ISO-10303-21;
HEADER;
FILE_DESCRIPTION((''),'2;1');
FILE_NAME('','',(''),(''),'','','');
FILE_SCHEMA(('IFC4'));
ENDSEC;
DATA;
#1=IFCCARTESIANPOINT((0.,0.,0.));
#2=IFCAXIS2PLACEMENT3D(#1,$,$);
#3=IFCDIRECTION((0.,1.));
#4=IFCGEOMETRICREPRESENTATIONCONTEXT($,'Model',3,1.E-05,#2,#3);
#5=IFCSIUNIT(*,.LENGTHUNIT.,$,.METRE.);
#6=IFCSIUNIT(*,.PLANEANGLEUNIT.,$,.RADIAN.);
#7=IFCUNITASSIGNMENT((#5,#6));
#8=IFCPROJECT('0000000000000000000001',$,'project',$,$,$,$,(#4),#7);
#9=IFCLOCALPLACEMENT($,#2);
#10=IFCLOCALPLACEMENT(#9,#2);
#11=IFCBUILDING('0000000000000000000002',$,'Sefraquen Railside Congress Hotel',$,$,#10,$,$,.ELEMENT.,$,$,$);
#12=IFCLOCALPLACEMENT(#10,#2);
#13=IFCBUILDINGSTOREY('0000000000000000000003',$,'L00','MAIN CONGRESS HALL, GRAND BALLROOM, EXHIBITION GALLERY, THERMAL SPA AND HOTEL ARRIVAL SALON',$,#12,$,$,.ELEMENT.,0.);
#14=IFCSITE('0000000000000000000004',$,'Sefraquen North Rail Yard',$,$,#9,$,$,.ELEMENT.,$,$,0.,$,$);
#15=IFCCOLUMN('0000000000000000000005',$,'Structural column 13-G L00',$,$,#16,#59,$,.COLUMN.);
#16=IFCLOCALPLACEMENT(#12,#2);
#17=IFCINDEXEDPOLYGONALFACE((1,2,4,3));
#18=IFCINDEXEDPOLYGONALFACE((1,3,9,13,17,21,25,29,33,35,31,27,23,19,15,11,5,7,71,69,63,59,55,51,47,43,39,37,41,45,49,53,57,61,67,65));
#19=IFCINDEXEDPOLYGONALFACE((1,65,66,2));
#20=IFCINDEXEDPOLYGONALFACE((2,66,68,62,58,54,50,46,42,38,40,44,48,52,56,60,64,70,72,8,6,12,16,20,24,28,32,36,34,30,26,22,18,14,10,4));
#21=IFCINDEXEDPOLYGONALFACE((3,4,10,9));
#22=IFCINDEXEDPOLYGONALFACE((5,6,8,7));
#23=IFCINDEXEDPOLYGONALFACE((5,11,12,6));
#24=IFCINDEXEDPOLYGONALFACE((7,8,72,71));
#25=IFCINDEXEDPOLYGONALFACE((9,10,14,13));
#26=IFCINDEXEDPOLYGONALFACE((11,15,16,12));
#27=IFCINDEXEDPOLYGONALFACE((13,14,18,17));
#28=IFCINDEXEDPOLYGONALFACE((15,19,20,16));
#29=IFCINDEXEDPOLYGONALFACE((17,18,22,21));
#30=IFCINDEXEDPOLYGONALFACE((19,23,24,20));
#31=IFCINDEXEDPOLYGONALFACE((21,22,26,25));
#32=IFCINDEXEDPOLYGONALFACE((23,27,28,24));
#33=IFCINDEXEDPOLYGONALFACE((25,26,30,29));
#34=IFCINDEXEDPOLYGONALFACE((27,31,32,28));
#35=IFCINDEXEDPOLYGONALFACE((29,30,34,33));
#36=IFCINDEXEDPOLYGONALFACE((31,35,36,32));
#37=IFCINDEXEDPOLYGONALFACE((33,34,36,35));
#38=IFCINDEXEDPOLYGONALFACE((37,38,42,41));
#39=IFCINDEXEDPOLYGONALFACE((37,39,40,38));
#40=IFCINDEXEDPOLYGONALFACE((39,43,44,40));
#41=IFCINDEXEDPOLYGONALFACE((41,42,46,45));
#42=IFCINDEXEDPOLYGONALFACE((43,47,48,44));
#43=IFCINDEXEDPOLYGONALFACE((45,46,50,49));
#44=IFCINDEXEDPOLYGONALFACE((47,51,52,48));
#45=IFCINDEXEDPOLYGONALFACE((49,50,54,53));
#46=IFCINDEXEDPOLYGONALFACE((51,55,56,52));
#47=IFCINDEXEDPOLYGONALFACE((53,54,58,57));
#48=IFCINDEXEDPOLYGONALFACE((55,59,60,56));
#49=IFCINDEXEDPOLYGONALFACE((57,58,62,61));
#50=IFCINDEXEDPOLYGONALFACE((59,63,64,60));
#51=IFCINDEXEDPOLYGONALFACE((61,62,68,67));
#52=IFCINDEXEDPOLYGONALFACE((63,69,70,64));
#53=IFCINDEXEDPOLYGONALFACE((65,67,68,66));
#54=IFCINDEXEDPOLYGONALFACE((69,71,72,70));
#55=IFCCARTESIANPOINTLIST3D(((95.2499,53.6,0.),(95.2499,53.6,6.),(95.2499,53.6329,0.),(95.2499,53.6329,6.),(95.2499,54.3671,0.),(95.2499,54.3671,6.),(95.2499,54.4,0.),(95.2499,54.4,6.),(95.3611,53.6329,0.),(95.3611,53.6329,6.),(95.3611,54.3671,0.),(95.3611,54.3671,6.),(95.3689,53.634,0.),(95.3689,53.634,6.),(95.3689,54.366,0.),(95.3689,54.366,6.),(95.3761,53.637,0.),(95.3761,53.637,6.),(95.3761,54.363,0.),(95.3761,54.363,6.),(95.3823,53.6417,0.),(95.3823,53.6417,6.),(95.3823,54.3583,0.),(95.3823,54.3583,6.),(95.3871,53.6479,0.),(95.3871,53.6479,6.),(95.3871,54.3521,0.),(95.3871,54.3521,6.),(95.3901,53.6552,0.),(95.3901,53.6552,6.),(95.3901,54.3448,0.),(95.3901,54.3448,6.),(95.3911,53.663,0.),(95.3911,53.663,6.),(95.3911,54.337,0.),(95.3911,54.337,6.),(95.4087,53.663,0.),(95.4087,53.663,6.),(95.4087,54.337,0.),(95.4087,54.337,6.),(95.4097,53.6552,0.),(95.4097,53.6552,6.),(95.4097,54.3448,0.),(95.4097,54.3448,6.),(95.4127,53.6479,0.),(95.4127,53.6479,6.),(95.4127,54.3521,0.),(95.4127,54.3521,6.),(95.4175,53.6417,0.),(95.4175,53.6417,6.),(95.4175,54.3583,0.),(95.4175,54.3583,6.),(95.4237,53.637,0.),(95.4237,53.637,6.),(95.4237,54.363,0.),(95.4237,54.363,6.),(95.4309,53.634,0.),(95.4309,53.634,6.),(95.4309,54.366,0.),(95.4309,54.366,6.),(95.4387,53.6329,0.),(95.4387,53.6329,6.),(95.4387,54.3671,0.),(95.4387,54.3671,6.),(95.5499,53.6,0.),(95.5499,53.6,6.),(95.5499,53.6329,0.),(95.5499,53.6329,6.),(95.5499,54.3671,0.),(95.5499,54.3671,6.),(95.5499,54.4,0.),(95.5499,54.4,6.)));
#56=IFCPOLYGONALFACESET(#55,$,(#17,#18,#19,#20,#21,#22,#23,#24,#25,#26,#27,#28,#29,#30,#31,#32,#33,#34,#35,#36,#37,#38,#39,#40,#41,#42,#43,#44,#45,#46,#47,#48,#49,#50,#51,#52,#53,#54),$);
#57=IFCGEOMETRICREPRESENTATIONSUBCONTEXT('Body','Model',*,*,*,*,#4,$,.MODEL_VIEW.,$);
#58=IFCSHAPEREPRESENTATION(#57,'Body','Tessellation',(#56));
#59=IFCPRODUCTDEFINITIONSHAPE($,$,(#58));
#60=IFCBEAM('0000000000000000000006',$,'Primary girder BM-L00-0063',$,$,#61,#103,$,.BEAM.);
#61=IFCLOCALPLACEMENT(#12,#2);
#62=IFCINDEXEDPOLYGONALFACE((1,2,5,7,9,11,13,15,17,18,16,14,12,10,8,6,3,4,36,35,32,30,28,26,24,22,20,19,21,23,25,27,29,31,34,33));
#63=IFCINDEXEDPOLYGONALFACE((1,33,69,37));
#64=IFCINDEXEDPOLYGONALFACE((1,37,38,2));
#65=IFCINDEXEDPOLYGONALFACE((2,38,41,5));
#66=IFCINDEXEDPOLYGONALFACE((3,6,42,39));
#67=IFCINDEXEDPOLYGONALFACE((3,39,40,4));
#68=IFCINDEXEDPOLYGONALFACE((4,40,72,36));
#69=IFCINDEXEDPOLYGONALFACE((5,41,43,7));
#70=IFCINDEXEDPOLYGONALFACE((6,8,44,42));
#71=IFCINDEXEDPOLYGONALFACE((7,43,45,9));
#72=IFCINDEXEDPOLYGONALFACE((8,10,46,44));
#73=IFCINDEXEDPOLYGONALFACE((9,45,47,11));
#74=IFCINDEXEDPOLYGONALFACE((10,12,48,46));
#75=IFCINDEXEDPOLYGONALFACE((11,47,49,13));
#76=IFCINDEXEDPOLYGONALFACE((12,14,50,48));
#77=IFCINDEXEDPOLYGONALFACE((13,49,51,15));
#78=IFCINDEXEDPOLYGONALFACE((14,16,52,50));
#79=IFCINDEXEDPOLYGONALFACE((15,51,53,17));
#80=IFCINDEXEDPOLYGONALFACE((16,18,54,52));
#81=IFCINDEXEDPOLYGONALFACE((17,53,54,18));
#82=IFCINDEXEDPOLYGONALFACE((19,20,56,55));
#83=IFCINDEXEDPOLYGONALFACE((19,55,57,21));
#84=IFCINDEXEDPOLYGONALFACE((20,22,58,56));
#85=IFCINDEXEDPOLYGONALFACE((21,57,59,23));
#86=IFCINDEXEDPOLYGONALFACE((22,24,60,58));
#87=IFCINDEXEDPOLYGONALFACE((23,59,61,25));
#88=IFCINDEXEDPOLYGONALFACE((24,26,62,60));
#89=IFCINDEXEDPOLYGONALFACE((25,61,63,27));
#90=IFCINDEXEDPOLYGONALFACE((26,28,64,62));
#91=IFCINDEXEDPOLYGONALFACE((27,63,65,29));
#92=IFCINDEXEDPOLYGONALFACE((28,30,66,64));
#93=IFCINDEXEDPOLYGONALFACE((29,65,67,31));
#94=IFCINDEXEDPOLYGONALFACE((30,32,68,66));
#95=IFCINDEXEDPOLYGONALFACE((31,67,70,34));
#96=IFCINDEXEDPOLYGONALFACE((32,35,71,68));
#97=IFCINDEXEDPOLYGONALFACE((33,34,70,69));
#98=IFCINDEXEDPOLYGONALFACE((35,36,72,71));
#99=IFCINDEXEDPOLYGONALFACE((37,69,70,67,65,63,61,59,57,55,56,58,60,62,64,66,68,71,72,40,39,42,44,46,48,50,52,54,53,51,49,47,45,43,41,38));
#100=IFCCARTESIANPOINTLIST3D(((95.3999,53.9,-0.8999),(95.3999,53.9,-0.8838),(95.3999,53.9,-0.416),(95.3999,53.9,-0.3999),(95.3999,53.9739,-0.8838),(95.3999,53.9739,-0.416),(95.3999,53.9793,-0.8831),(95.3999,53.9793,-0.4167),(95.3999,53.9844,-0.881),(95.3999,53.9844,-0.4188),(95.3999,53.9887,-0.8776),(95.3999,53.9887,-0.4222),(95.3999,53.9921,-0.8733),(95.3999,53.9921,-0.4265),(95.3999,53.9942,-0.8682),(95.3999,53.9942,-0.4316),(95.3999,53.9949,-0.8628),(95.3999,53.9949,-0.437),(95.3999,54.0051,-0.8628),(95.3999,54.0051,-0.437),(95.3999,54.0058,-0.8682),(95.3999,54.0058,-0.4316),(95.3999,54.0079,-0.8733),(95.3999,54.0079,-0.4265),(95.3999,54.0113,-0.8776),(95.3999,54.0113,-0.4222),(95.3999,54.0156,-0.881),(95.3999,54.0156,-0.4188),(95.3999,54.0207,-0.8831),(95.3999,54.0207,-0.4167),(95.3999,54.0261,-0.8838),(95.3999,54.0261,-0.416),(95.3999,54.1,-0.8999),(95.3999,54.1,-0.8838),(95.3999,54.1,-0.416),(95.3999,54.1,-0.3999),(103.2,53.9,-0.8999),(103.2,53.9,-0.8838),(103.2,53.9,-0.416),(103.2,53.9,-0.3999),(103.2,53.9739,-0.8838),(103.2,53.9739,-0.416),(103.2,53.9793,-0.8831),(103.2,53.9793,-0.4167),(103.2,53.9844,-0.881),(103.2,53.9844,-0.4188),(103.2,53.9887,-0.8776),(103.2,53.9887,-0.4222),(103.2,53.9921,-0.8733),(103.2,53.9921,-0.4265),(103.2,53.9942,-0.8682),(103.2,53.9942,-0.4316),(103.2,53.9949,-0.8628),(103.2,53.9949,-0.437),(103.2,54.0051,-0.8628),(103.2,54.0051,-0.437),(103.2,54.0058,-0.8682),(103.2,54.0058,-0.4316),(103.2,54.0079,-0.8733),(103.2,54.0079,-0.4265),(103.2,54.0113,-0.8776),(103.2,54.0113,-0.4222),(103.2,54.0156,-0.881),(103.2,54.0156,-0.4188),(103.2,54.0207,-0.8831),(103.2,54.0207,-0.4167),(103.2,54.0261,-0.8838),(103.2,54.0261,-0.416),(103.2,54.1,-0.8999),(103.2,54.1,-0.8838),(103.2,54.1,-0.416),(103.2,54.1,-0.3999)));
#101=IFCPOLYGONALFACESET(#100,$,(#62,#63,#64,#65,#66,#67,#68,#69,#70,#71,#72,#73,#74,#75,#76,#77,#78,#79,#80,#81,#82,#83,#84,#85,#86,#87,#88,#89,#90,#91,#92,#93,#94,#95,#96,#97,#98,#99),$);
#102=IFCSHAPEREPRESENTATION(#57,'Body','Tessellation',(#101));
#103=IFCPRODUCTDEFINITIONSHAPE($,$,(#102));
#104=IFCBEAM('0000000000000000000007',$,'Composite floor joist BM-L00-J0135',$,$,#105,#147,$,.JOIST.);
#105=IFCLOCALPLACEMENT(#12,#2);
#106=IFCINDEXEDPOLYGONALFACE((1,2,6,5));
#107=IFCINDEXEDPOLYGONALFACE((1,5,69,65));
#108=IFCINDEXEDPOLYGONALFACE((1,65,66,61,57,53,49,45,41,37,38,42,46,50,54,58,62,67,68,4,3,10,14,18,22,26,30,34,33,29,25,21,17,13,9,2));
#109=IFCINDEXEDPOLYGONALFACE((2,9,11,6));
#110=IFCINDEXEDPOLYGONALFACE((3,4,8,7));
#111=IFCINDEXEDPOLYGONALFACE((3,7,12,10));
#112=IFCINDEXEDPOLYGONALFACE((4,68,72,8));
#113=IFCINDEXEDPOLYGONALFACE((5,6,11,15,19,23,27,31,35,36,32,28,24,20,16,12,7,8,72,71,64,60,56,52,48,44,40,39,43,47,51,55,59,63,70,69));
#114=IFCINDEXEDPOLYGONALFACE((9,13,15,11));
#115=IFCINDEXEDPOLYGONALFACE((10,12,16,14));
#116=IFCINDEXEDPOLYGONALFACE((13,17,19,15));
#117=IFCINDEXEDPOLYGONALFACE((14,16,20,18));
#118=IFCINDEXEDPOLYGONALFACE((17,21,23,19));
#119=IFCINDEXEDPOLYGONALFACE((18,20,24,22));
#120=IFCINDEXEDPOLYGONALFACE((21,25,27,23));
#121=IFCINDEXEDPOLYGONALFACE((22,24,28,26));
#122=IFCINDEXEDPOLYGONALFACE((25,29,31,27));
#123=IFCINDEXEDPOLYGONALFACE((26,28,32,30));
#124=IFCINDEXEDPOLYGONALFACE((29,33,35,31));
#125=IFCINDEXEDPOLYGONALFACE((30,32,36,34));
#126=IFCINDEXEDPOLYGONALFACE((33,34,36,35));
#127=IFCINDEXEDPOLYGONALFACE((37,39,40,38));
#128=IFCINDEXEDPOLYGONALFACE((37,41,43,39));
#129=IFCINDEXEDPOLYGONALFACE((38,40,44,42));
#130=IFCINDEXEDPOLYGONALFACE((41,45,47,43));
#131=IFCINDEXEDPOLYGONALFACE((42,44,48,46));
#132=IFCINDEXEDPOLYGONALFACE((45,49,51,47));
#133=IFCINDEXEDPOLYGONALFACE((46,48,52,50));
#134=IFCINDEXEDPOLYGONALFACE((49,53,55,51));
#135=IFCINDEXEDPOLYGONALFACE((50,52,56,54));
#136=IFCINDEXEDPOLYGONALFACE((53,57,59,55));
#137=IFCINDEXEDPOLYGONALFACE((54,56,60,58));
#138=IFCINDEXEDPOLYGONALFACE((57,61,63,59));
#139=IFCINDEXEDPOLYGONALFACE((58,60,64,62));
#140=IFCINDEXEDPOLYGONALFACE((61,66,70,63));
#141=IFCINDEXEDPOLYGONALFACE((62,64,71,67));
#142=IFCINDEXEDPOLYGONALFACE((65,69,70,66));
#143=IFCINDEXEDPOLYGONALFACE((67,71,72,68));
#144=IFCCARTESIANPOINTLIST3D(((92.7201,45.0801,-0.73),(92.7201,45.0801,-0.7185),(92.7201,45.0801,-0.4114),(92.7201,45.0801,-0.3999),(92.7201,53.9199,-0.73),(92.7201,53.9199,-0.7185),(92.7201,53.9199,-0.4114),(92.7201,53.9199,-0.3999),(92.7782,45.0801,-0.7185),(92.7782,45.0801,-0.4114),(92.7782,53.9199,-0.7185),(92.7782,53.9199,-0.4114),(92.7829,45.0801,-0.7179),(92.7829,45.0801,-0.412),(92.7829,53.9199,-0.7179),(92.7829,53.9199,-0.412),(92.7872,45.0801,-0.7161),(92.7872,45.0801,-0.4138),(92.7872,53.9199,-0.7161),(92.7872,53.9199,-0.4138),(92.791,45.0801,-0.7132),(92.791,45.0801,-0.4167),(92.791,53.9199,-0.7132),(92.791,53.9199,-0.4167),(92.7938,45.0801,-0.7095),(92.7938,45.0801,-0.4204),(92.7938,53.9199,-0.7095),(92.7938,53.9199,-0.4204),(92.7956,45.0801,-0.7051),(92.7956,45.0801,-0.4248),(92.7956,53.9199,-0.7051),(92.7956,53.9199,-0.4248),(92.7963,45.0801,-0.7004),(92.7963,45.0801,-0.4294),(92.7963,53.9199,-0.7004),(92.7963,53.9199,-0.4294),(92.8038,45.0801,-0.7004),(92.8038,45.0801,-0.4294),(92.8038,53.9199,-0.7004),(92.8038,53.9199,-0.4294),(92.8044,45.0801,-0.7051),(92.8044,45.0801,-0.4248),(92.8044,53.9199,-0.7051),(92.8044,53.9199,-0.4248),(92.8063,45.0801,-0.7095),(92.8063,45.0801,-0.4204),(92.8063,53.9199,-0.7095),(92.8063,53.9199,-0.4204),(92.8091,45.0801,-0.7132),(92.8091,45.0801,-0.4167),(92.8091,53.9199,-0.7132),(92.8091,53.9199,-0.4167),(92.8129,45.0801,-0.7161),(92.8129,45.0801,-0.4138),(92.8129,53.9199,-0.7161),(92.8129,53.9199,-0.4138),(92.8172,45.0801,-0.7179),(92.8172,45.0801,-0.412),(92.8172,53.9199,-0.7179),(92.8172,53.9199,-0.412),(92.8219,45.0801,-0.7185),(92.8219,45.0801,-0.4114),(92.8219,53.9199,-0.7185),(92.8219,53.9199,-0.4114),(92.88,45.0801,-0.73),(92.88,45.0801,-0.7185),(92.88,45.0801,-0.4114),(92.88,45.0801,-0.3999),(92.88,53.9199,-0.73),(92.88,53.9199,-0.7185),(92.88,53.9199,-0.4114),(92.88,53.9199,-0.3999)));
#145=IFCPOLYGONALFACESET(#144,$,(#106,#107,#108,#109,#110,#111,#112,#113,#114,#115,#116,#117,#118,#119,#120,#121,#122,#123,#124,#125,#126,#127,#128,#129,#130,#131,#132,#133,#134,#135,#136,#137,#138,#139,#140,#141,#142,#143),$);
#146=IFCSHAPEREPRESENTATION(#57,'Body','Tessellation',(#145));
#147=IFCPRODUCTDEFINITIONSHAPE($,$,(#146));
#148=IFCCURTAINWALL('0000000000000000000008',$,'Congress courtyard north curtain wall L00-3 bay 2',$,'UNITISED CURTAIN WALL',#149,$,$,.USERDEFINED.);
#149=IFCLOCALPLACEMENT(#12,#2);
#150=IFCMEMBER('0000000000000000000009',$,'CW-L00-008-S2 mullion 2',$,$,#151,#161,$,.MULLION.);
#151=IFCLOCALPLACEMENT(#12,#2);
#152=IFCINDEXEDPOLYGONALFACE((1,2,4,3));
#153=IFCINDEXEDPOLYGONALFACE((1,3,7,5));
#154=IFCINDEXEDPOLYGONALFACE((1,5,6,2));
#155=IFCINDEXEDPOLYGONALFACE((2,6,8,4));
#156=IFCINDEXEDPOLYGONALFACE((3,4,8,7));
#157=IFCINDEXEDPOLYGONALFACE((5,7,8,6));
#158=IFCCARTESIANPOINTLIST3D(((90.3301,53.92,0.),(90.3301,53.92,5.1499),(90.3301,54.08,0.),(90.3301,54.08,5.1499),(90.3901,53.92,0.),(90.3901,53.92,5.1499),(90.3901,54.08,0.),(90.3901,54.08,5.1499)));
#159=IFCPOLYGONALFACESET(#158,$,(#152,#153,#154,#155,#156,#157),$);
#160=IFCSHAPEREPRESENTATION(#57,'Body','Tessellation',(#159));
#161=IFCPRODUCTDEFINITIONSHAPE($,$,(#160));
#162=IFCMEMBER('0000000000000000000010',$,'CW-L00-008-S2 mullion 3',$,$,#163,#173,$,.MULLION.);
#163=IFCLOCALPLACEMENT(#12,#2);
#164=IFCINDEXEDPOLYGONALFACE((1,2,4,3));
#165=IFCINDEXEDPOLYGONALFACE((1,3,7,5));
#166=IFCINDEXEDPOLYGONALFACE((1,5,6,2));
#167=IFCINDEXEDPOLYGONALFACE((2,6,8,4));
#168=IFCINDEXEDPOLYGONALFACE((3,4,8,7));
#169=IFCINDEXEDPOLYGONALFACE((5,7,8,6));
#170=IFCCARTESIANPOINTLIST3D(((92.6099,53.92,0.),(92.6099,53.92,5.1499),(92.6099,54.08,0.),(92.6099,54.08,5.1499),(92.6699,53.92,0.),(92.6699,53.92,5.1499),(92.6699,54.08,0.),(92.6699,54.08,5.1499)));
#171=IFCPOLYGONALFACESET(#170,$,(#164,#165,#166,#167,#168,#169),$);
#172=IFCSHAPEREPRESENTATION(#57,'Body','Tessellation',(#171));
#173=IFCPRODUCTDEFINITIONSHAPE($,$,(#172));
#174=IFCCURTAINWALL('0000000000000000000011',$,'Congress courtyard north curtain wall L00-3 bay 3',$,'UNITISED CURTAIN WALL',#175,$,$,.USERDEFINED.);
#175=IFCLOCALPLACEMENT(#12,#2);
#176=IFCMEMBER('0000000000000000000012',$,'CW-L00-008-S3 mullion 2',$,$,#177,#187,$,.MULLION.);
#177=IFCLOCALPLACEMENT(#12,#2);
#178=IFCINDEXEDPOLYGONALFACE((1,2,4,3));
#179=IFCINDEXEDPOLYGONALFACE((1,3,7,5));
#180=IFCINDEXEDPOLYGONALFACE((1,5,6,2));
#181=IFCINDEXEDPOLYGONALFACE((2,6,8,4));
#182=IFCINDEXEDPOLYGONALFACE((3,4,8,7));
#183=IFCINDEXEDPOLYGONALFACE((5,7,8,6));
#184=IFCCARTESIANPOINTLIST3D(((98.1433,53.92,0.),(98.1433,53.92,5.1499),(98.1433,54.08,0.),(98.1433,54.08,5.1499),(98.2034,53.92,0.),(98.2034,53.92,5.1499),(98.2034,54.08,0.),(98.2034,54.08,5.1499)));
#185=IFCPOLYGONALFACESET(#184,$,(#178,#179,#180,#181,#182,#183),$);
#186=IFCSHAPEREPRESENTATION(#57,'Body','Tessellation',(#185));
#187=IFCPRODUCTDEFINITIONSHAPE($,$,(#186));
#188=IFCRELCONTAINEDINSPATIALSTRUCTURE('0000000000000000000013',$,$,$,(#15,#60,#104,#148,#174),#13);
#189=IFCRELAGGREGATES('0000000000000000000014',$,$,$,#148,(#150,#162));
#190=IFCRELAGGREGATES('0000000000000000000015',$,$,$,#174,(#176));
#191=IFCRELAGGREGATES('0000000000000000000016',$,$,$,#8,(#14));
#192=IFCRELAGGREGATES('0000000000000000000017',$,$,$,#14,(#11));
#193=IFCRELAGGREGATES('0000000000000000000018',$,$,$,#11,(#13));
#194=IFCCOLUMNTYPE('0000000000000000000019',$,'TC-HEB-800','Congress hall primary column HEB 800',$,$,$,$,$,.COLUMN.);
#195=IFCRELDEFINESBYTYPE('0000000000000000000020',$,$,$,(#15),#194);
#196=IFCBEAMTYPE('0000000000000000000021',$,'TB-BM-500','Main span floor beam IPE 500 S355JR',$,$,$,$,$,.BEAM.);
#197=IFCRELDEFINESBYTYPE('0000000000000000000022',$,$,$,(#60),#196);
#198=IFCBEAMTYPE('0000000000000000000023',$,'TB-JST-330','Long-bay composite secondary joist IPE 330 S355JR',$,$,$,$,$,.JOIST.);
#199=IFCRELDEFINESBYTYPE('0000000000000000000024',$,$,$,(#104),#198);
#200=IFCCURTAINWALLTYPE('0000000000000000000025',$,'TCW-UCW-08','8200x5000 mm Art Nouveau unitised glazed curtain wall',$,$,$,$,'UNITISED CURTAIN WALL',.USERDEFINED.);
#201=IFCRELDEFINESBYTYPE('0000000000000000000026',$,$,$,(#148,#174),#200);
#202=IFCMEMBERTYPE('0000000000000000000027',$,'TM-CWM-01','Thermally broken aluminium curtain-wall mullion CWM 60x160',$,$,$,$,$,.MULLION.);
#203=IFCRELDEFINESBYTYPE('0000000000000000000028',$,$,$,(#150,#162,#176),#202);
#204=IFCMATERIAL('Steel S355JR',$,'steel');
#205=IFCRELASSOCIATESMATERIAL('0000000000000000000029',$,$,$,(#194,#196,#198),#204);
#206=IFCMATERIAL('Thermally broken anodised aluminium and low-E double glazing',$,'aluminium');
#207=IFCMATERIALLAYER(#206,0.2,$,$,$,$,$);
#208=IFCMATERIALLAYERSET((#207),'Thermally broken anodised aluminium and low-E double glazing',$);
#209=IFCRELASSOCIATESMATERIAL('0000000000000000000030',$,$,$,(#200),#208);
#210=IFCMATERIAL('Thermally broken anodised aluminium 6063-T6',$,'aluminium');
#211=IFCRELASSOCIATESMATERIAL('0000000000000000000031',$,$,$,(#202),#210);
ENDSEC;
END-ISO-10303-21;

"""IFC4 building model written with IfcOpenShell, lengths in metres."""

from ifc_helpers import new_model, si_unit, direction, frame, origin, origin_2d, place, context, subcontext, project, spatial, rectangle, i_section, extrude, material, layer, layer_set, material_profile, profile_set, type_object, element, aggregate, save


model = new_model("IFC4")

# Units and contexts
model_context = context("Model", 3, precision=1e-05, world=origin(), true_north=direction((0.0, 1.0)))
body_context = subcontext(model_context, "Body", "Model", "MODEL_VIEW")
ifc_project = project(units=[si_unit("LENGTHUNIT", "METRE"), si_unit("PLANEANGLEUNIT", "RADIAN")], contexts=[model_context])

# Site, building, storey
site_placement = place(None, origin())
site = spatial("IfcSite", under=ifc_project, at=site_placement, Name="Sefraquen North Rail Yard", CompositionType="ELEMENT", RefElevation=0.0)
building_placement = place(site_placement, origin())
building = spatial("IfcBuilding", under=site, at=building_placement, Name="Sefraquen Railside Congress Hotel", CompositionType="ELEMENT")
storey_placement = place(building_placement, origin())
storey = spatial("IfcBuildingStorey", under=building, at=storey_placement, Name="L00", Description="MAIN CONGRESS HALL, GRAND BALLROOM, EXHIBITION GALLERY, THERMAL SPA AND HOTEL ARRIVAL SALON", CompositionType="ELEMENT", Elevation=0.0)

# Column
ifc_material_1 = material(Name="Steel S355JR", Category="steel")
ifc_material_profile_1 = material_profile(ifc_material_1, i_section(OverallWidth=0.3, OverallDepth=0.8, WebThickness=0.0176, FlangeThickness=0.033, FilletRadius=0.03, at=origin_2d()), Name="HEB 800")
ifc_profile_set_1 = profile_set([ifc_material_profile_1], Name="Steel S355JR")
column_type = type_object("IfcColumnType", Name="TC-HEB-800", Description="Congress hall primary column HEB 800", PredefinedType="COLUMN", material=ifc_profile_set_1)
column_placement = place(storey_placement, frame((95.3999, 54.0, 0.0), z_axis=(0.0, 0.0, 1.0), x_axis=(1.0, 0.0, 0.0)))
element("IfcColumn", 1, at=column_placement, inside=storey, type_object=column_type, Name="Structural column 13-G L00", PredefinedType="COLUMN", context=body_context, shape_type="SweptSolid", body=[
    extrude(i_section(OverallWidth=0.3, OverallDepth=0.8, WebThickness=0.0176, FlangeThickness=0.033, FilletRadius=0.03, at=origin_2d()), origin(), (0.0, 0.0, 1.0), 6.0),
])

# Beams
ifc_material_profile_2 = material_profile(ifc_material_1, i_section(OverallWidth=0.2, OverallDepth=0.5, WebThickness=0.0103, FlangeThickness=0.0161, FilletRadius=0.021, at=origin_2d()), Name="IPE 500")
ifc_profile_set_2 = profile_set([ifc_material_profile_2], Name="Steel S355JR")
beam_type_1 = type_object("IfcBeamType", Name="TB-BM-500", Description="Main span floor beam IPE 500 S355JR", PredefinedType="BEAM", material=ifc_profile_set_2)
beam_1_placement = place(storey_placement, frame((95.3999, 54.0, -0.6499), z_axis=(1.0, 0.0, 0.0), x_axis=(0.0, 1.0, 0.0)))
element("IfcBeam", 2, at=beam_1_placement, inside=storey, type_object=beam_type_1, Name="Primary girder BM-L00-0063", PredefinedType="BEAM", context=body_context, shape_type="SweptSolid", body=[
    extrude(i_section(OverallWidth=0.2, OverallDepth=0.5, WebThickness=0.0103, FlangeThickness=0.0161, FilletRadius=0.021, at=origin_2d()), origin(), (0.0, 0.0, 1.0), 7.8),
])
ifc_material_profile_3 = material_profile(ifc_material_1, i_section(OverallWidth=0.1599, OverallDepth=0.3301, WebThickness=0.0076, FlangeThickness=0.0115, FilletRadius=0.0181, at=origin_2d()), Name="IPE 330")
ifc_profile_set_3 = profile_set([ifc_material_profile_3], Name="Steel S355JR")
beam_type_2 = type_object("IfcBeamType", Name="TB-JST-330", Description="Long-bay composite secondary joist IPE 330 S355JR", PredefinedType="JOIST", material=ifc_profile_set_3)
beam_2_placement = place(storey_placement, frame((92.8, 45.0801, -0.5649), z_axis=(0.0, 1.0, 0.0), x_axis=(-1.0, 0.0, 0.0)))
element("IfcBeam", 3, at=beam_2_placement, inside=storey, type_object=beam_type_2, Name="Composite floor joist BM-L00-J0135", PredefinedType="JOIST", context=body_context, shape_type="SweptSolid", body=[
    extrude(i_section(OverallWidth=0.1599, OverallDepth=0.3301, WebThickness=0.0076, FlangeThickness=0.0115, FilletRadius=0.0181, at=origin_2d()), origin(), (0.0, 0.0, 1.0), 8.8398),
])

# Curtain wall, members
ifc_material_2 = material(Name="Thermally broken anodised aluminium and low-E double glazing", Category="aluminium")
ifc_layer_1 = layer(ifc_material_2, 0.2)
ifc_layer_set_1 = layer_set([ifc_layer_1], Name="Thermally broken anodised aluminium and low-E double glazing")
curtain_wall_type = type_object("IfcCurtainWallType", Name="TCW-UCW-08", Description="8200x5000 mm Art Nouveau unitised glazed curtain wall", ElementType="UNITISED CURTAIN WALL", PredefinedType="USERDEFINED", material=ifc_layer_set_1)
curtain_wall_1_placement = place(storey_placement, origin())
curtain_wall_1 = element("IfcCurtainWall", 4, at=curtain_wall_1_placement, inside=storey, type_object=curtain_wall_type, Name="Congress courtyard north curtain wall L00-3 bay 2", ObjectType="UNITISED CURTAIN WALL", PredefinedType="USERDEFINED")
ifc_material_3 = material(Name="Thermally broken anodised aluminium 6063-T6", Category="aluminium")
ifc_material_profile_4 = material_profile(ifc_material_3, rectangle(XDim=0.0601, YDim=0.1599, at=origin_2d()), Name="CWM 60x160")
ifc_profile_set_4 = profile_set([ifc_material_profile_4], Name="Thermally broken anodised aluminium 6063-T6")
member_type_1 = type_object("IfcMemberType", Name="TM-CWM-01", Description="Thermally broken aluminium curtain-wall mullion CWM 60x160", PredefinedType="MULLION", material=ifc_profile_set_4)
member_1_placement = place(storey_placement, frame((90.3601, 54.0, 0.0), z_axis=(0.0, 0.0, 1.0), x_axis=(1.0, 0.0, 0.0)))
member_1 = element("IfcMember", 5, at=member_1_placement, type_object=member_type_1, Name="CW-L00-008-S2 mullion 2", PredefinedType="MULLION", context=body_context, shape_type="SweptSolid", body=[
    extrude(rectangle(XDim=0.0601, YDim=0.1599, at=origin_2d()), origin(), (0.0, 0.0, 1.0), 5.1499),
])
member_2_placement = place(storey_placement, frame((92.6399, 54.0, 0.0), z_axis=(0.0, 0.0, 1.0), x_axis=(1.0, 0.0, 0.0)))
member_2 = element("IfcMember", 6, at=member_2_placement, type_object=member_type_1, Name="CW-L00-008-S2 mullion 3", PredefinedType="MULLION", context=body_context, shape_type="SweptSolid", body=[
    extrude(rectangle(XDim=0.0601, YDim=0.1599, at=origin_2d()), origin(), (0.0, 0.0, 1.0), 5.1499),
])

# Curtain wall, member
curtain_wall_2_placement = place(storey_placement, origin())
curtain_wall_2 = element("IfcCurtainWall", 7, at=curtain_wall_2_placement, inside=storey, type_object=curtain_wall_type, Name="Congress courtyard north curtain wall L00-3 bay 3", ObjectType="UNITISED CURTAIN WALL", PredefinedType="USERDEFINED")
member_3_placement = place(storey_placement, frame((98.1733, 54.0, 0.0), z_axis=(0.0, 0.0, 1.0), x_axis=(1.0, 0.0, 0.0)))
member_3 = element("IfcMember", 8, at=member_3_placement, type_object=member_type_1, Name="CW-L00-008-S3 mullion 2", PredefinedType="MULLION", context=body_context, shape_type="SweptSolid", body=[
    extrude(rectangle(XDim=0.0601, YDim=0.1599, at=origin_2d()), origin(), (0.0, 0.0, 1.0), 5.1499),
])

aggregate(curtain_wall_1, [member_1, member_2])
aggregate(curtain_wall_2, [member_3])

save(model, "model.ifc")
